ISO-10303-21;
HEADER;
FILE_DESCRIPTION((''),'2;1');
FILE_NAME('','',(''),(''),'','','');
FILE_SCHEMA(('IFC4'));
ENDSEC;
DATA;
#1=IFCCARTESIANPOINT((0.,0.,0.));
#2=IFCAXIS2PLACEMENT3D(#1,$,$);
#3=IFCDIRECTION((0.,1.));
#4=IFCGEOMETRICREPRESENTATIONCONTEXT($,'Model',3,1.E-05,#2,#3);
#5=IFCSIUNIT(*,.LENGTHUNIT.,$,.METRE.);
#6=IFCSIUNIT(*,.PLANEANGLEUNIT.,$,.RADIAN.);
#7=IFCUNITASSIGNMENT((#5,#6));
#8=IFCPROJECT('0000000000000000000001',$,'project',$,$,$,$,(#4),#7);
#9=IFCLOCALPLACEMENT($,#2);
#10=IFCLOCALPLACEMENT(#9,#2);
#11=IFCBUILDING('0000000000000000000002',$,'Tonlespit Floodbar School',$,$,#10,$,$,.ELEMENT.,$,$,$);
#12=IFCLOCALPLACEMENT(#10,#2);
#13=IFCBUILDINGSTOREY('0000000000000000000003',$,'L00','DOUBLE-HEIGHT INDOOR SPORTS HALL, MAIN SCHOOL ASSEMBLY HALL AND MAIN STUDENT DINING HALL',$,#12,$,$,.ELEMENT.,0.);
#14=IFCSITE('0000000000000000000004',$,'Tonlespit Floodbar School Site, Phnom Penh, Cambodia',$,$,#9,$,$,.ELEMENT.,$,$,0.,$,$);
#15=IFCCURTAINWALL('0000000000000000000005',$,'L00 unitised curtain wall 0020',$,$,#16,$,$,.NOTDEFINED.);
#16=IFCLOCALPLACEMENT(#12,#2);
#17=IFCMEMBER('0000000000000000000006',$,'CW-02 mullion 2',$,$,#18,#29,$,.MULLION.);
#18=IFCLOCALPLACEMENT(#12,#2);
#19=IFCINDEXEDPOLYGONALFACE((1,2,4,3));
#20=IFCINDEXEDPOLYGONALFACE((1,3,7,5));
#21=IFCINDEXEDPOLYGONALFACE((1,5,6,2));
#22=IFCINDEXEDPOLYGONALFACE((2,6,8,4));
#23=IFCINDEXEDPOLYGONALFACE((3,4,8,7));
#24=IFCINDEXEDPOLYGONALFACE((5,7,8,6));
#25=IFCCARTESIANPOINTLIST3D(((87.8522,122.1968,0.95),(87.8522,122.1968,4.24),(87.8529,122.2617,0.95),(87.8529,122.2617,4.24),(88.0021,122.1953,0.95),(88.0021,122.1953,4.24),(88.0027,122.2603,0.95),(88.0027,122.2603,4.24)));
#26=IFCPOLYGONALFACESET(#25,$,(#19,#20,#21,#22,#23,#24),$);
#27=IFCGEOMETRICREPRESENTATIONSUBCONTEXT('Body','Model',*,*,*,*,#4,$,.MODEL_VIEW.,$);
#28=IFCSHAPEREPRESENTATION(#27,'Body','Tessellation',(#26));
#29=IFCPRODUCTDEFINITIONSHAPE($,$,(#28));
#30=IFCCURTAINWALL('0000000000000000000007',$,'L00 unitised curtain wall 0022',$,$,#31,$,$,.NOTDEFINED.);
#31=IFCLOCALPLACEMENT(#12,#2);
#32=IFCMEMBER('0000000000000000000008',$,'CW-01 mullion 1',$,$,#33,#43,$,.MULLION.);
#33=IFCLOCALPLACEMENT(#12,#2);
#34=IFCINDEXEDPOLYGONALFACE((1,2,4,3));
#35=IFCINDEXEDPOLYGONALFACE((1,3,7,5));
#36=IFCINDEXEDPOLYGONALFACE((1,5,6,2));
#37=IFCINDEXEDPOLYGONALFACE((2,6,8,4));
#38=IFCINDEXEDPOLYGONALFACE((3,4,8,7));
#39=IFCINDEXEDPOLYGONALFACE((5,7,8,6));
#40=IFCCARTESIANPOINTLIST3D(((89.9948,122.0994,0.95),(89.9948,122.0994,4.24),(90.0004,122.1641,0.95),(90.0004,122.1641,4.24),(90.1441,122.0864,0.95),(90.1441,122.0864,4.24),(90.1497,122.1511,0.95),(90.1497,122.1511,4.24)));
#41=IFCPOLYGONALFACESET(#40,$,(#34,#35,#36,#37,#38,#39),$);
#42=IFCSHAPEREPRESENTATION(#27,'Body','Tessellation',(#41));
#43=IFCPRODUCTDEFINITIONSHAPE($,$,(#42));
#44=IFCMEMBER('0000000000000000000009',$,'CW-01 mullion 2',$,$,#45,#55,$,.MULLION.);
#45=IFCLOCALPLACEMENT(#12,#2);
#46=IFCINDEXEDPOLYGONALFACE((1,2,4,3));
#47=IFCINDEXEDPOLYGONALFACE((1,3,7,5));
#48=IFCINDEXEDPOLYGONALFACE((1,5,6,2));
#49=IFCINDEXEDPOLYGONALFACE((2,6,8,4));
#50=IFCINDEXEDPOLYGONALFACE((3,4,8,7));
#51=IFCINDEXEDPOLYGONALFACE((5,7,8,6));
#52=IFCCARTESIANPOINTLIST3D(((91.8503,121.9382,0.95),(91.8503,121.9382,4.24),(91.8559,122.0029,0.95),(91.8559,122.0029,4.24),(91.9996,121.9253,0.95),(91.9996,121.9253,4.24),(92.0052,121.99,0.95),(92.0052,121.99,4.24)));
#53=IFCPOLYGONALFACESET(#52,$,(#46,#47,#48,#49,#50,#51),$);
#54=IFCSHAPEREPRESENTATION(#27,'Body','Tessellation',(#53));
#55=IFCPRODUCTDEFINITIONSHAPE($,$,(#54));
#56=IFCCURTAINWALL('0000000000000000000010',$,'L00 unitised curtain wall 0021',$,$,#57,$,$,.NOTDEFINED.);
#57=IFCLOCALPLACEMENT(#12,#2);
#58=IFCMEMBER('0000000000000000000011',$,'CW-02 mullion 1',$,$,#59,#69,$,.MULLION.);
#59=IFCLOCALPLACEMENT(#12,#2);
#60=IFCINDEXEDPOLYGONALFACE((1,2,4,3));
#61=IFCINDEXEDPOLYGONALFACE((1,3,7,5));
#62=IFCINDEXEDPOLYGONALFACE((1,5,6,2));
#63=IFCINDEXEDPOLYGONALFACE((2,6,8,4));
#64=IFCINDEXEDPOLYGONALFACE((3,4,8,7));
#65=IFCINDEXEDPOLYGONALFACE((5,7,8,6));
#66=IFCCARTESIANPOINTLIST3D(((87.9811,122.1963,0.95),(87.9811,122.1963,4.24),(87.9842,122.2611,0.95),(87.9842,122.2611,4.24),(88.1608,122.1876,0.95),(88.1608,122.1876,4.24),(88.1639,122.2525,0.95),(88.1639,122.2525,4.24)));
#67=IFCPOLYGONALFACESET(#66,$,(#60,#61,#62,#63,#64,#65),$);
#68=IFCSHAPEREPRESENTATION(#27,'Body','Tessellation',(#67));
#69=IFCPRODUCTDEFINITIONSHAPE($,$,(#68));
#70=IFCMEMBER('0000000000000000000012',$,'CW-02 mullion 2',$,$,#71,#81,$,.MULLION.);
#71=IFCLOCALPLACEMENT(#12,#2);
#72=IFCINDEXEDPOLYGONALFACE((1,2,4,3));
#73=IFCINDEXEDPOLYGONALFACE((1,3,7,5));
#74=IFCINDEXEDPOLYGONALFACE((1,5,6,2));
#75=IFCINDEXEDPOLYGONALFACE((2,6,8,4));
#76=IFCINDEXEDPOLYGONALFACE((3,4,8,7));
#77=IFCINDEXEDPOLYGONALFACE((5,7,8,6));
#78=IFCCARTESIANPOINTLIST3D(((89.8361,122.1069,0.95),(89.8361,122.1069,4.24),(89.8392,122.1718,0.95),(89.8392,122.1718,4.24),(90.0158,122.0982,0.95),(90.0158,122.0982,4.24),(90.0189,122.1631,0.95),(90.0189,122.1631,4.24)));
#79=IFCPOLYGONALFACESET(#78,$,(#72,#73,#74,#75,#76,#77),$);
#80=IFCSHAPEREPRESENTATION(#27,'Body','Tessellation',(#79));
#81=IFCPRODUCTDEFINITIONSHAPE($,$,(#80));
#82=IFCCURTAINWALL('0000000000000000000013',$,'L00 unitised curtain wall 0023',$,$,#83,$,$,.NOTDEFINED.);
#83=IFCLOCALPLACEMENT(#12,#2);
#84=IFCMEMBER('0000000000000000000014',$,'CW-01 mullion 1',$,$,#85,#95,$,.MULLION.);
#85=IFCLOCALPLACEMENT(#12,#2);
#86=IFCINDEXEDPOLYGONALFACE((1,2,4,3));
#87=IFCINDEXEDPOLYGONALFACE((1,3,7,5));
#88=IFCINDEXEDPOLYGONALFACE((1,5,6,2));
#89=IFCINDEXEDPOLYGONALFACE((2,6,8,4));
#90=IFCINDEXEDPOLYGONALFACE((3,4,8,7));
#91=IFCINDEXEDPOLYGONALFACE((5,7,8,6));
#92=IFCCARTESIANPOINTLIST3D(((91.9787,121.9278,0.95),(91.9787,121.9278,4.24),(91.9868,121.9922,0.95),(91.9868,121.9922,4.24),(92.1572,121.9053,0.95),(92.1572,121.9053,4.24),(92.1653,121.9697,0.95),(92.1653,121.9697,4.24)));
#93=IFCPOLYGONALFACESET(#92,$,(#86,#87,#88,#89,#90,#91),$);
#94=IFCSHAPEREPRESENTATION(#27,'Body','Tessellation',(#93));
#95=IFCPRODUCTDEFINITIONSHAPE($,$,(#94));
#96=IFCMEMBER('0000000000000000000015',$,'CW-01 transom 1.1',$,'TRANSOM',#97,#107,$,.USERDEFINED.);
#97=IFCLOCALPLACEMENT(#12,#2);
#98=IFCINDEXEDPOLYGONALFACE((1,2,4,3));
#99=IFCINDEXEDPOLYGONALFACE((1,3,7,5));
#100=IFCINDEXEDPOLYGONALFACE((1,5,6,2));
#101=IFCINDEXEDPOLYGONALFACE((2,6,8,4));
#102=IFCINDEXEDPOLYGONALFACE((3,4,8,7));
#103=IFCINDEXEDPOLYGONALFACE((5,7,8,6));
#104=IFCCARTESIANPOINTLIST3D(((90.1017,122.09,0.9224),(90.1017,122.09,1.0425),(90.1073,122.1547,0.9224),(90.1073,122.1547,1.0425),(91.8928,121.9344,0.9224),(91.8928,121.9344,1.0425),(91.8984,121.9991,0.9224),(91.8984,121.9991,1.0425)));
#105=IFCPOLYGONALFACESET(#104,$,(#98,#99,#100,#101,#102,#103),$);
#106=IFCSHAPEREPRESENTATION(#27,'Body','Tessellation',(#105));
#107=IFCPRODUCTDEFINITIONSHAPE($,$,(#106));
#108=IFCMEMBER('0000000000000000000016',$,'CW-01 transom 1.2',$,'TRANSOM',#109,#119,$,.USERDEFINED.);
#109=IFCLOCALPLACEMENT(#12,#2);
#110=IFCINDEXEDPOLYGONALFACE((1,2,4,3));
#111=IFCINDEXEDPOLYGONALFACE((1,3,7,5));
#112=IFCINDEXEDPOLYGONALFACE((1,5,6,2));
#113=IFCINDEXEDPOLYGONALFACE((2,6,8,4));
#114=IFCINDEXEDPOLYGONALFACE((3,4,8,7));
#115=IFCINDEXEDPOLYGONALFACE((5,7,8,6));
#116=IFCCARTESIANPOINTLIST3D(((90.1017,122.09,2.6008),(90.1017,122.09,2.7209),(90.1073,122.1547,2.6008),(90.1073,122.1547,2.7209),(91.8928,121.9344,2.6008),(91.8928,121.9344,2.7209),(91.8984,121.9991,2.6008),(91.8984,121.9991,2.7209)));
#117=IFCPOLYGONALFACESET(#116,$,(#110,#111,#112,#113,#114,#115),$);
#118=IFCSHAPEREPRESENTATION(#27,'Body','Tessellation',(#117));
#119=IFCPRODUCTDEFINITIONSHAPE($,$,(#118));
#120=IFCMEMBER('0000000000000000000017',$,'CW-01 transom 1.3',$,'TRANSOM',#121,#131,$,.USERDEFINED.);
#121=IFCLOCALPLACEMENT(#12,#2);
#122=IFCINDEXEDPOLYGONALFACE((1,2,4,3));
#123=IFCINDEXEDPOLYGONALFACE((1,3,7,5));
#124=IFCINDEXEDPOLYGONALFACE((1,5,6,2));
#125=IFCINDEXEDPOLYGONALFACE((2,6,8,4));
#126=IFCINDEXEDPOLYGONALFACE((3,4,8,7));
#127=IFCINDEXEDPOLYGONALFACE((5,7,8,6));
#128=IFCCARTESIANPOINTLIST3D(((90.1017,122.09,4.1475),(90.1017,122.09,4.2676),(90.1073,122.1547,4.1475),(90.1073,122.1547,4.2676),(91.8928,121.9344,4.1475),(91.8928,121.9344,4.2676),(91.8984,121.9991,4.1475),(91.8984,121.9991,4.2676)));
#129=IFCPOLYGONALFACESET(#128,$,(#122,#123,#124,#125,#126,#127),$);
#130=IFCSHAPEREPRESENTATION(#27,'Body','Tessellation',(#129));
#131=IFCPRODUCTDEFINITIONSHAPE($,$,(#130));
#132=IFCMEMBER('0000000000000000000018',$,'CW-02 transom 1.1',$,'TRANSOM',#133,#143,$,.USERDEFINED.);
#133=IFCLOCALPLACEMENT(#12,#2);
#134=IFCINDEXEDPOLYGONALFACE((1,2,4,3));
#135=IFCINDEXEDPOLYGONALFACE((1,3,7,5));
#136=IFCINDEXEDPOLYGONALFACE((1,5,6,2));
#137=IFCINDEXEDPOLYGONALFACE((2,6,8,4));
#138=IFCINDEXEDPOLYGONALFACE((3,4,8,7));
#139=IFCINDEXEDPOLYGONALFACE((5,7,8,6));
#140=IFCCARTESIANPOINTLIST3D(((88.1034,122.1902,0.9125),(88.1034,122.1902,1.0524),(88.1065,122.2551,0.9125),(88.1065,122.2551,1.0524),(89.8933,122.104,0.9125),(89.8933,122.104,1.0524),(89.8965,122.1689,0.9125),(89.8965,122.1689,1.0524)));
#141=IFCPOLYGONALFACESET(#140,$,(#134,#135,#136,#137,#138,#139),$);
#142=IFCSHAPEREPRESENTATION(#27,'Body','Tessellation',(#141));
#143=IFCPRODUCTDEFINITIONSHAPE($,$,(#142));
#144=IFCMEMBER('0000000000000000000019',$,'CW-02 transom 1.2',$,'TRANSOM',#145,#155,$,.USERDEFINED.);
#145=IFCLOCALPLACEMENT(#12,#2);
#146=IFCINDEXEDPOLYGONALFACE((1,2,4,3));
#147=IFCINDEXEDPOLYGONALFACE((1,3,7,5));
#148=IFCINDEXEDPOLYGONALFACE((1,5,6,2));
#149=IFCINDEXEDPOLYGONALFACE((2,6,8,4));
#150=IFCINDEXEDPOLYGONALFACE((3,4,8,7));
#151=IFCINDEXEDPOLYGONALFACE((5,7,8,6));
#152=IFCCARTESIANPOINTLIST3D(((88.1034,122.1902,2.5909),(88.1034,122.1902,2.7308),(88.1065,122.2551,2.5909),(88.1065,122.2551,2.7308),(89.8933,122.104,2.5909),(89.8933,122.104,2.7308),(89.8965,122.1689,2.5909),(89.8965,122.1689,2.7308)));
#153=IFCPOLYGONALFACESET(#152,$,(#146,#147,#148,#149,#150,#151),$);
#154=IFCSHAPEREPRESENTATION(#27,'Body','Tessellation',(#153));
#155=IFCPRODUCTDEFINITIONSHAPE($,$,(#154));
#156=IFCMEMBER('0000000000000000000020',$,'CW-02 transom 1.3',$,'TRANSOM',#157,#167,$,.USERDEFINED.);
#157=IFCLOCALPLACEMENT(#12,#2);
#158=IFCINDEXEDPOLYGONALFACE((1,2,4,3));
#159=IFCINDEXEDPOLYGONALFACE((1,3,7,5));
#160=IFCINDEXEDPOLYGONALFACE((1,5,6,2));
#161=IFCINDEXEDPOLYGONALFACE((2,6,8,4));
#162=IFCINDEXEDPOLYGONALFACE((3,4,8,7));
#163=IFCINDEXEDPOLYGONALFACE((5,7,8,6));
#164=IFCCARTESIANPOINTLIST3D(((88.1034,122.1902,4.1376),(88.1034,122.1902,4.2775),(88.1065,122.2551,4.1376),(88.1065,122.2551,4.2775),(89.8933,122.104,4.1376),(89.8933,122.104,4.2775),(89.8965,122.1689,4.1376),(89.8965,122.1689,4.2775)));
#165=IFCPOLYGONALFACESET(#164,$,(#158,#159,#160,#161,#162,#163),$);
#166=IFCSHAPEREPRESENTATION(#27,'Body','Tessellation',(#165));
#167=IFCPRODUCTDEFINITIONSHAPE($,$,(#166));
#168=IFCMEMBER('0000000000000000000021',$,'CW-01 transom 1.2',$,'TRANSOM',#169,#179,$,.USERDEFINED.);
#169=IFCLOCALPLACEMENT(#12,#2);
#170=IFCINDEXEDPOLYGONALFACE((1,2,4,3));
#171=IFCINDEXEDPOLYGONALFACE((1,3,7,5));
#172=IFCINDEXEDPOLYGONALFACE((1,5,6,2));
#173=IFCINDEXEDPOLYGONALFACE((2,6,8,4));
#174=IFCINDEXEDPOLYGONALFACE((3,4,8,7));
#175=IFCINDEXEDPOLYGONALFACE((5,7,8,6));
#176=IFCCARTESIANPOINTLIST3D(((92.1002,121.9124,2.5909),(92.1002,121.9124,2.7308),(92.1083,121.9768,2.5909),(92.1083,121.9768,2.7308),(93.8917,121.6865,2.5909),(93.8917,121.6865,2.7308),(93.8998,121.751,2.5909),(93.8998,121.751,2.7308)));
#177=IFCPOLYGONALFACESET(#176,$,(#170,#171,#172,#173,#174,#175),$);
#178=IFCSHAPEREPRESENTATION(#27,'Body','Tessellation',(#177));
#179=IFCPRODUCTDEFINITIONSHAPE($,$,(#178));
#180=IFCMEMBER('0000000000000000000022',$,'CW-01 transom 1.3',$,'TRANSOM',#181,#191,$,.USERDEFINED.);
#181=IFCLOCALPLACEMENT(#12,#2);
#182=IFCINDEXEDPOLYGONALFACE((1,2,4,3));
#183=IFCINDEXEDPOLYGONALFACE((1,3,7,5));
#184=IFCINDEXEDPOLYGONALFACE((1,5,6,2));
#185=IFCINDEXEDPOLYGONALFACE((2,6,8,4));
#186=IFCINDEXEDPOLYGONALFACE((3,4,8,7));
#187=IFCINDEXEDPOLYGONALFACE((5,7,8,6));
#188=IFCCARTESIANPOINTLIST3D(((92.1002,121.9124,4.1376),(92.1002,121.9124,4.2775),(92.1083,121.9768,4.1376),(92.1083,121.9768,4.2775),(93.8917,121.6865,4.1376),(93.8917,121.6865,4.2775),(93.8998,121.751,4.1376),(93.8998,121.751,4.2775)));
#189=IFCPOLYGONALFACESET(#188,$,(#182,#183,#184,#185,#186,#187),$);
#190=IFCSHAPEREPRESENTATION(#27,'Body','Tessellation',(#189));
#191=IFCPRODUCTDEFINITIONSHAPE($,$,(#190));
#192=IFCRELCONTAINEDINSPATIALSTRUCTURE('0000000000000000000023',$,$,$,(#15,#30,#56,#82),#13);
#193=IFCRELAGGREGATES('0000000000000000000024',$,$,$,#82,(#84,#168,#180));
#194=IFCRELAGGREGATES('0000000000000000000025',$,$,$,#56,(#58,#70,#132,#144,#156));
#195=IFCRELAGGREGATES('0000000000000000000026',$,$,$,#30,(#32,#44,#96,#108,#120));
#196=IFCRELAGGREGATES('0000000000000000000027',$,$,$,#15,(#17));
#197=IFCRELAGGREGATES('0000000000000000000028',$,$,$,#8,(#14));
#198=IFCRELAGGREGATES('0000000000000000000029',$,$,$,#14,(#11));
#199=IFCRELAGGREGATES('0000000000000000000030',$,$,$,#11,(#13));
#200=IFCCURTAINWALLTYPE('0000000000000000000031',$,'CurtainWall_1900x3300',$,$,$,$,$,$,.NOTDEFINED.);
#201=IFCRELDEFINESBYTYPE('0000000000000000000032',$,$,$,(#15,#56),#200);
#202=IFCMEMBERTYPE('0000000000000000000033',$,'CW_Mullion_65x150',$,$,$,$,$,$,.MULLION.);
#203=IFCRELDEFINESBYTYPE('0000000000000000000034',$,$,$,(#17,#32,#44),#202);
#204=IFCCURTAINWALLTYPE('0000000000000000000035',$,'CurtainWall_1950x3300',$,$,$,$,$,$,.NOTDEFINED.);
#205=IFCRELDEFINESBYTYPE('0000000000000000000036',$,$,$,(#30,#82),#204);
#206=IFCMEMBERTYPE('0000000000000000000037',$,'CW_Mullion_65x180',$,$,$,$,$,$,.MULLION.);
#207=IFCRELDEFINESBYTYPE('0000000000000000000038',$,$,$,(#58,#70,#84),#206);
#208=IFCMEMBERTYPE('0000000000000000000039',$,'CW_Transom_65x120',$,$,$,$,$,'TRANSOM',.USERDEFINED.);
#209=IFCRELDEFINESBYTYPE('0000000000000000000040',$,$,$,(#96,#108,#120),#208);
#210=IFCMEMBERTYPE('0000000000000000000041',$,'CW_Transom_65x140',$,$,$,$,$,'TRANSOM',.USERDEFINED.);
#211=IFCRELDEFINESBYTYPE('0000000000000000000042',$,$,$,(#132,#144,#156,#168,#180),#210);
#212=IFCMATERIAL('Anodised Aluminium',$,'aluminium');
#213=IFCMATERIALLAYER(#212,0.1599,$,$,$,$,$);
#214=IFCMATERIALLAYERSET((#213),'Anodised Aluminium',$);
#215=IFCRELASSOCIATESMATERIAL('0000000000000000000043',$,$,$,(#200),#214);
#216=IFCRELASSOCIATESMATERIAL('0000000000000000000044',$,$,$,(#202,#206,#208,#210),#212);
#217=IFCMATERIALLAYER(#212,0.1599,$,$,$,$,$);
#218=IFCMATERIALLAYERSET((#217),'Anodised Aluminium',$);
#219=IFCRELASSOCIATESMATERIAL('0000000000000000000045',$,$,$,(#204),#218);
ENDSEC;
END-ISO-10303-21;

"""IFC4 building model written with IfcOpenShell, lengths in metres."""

from ifc_helpers import new_model, si_unit, direction, frame, origin, origin_2d, place, context, subcontext, project, spatial, rectangle, extrude, material, layer, layer_set, material_profile, profile_set, type_object, element, aggregate, save


model = new_model("IFC4")

# Units and contexts
model_context = context("Model", 3, precision=1e-05, world=origin(), true_north=direction((0.0, 1.0)))
body_context = subcontext(model_context, "Body", "Model", "MODEL_VIEW")
ifc_project = project(units=[si_unit("LENGTHUNIT", "METRE"), si_unit("PLANEANGLEUNIT", "RADIAN")], contexts=[model_context])

# Site, building, storey
site_placement = place(None, origin())
site = spatial("IfcSite", under=ifc_project, at=site_placement, Name="Tonlespit Floodbar School Site, Phnom Penh, Cambodia", CompositionType="ELEMENT", RefElevation=0.0)
building_placement = place(site_placement, origin())
building = spatial("IfcBuilding", under=site, at=building_placement, Name="Tonlespit Floodbar School", CompositionType="ELEMENT")
storey_placement = place(building_placement, origin())
storey = spatial("IfcBuildingStorey", under=building, at=storey_placement, Name="L00", Description="DOUBLE-HEIGHT INDOOR SPORTS HALL, MAIN SCHOOL ASSEMBLY HALL AND MAIN STUDENT DINING HALL", CompositionType="ELEMENT", Elevation=0.0)

# Curtain wall, member
ifc_material_1 = material(Name="Anodised Aluminium", Category="aluminium")
ifc_layer_1 = layer(ifc_material_1, 0.1599)
ifc_layer_set_1 = layer_set([ifc_layer_1], Name="Anodised Aluminium")
curtain_wall_type_1 = type_object("IfcCurtainWallType", Name="CurtainWall_1900x3300", PredefinedType="NOTDEFINED", material=ifc_layer_set_1)
curtain_wall_1_placement = place(storey_placement, origin())
curtain_wall_1 = element("IfcCurtainWall", 1, at=curtain_wall_1_placement, inside=storey, type_object=curtain_wall_type_1, Name="L00 unitised curtain wall 0020", PredefinedType="NOTDEFINED")
ifc_material_profile_1 = material_profile(ifc_material_1, rectangle(XDim=0.0649, YDim=0.1499, at=origin_2d()), Name="ALU M65x150")
ifc_profile_set_1 = profile_set([ifc_material_profile_1], Name="Anodised Aluminium")
member_type_1 = type_object("IfcMemberType", Name="CW_Mullion_65x150", PredefinedType="MULLION", material=ifc_profile_set_1)
member_1_placement = place(storey_placement, frame((87.9275, 122.2285, 0.95), z_axis=(0.0, 0.0, 1.0), x_axis=(0.009583, 0.999954, 0.0)))
member_1 = element("IfcMember", 2, at=member_1_placement, type_object=member_type_1, Name="CW-02 mullion 2", PredefinedType="MULLION", context=body_context, shape_type="SweptSolid", body=[
    extrude(rectangle(XDim=0.0649, YDim=0.1499, at=origin_2d()), origin(), (0.0, 0.0, 1.0), 3.29),
])

# Curtain walls, members
ifc_layer_2 = layer(ifc_material_1, 0.1599)
ifc_layer_set_2 = layer_set([ifc_layer_2], Name="Anodised Aluminium")
curtain_wall_type_2 = type_object("IfcCurtainWallType", Name="CurtainWall_1950x3300", PredefinedType="NOTDEFINED", material=ifc_layer_set_2)
curtain_wall_2_placement = place(storey_placement, origin())
curtain_wall_2 = element("IfcCurtainWall", 3, at=curtain_wall_2_placement, inside=storey, type_object=curtain_wall_type_2, Name="L00 unitised curtain wall 0022", PredefinedType="NOTDEFINED")
member_2_placement = place(storey_placement, frame((90.0723, 122.1252, 0.95), z_axis=(0.0, 0.0, 1.0), x_axis=(0.086531, 0.996249, 0.0)))
member_2 = element("IfcMember", 4, at=member_2_placement, type_object=member_type_1, Name="CW-01 mullion 1", PredefinedType="MULLION", context=body_context, shape_type="SweptSolid", body=[
    extrude(rectangle(XDim=0.0649, YDim=0.1499, at=origin_2d()), origin(), (0.0, 0.0, 1.0), 3.29),
])
member_3_placement = place(storey_placement, frame((91.9277, 121.9641, 0.95), z_axis=(0.0, 0.0, 1.0), x_axis=(0.086531, 0.996249, 0.0)))
member_3 = element("IfcMember", 5, at=member_3_placement, type_object=member_type_1, Name="CW-01 mullion 2", PredefinedType="MULLION", context=body_context, shape_type="SweptSolid", body=[
    extrude(rectangle(XDim=0.0649, YDim=0.1499, at=origin_2d()), origin(), (0.0, 0.0, 1.0), 3.29),
])
curtain_wall_3_placement = place(storey_placement, origin())
curtain_wall_3 = element("IfcCurtainWall", 6, at=curtain_wall_3_placement, inside=storey, type_object=curtain_wall_type_1, Name="L00 unitised curtain wall 0021", PredefinedType="NOTDEFINED")
ifc_material_profile_2 = material_profile(ifc_material_1, rectangle(XDim=0.0649, YDim=0.1799, at=origin_2d()), Name="ALU M65x180")
ifc_profile_set_2 = profile_set([ifc_material_profile_2], Name="Anodised Aluminium")
member_type_2 = type_object("IfcMemberType", Name="CW_Mullion_65x180", PredefinedType="MULLION", material=ifc_profile_set_2)
member_4_placement = place(storey_placement, frame((88.0725, 122.2244, 0.95), z_axis=(0.0, 0.0, 1.0), x_axis=(0.048121, 0.998842, 0.0)))
member_4 = element("IfcMember", 7, at=member_4_placement, type_object=member_type_2, Name="CW-02 mullion 1", PredefinedType="MULLION", context=body_context, shape_type="SweptSolid", body=[
    extrude(rectangle(XDim=0.0649, YDim=0.1799, at=origin_2d()), origin(), (0.0, 0.0, 1.0), 3.29),
])
member_5_placement = place(storey_placement, frame((89.9275, 122.135, 0.95), z_axis=(0.0, 0.0, 1.0), x_axis=(0.048121, 0.998842, 0.0)))
member_5 = element("IfcMember", 8, at=member_5_placement, type_object=member_type_2, Name="CW-02 mullion 2", PredefinedType="MULLION", context=body_context, shape_type="SweptSolid", body=[
    extrude(rectangle(XDim=0.0649, YDim=0.1799, at=origin_2d()), origin(), (0.0, 0.0, 1.0), 3.29),
])

# Curtain wall, member
curtain_wall_4_placement = place(storey_placement, origin())
curtain_wall_4 = element("IfcCurtainWall", 9, at=curtain_wall_4_placement, inside=storey, type_object=curtain_wall_type_2, Name="L00 unitised curtain wall 0023", PredefinedType="NOTDEFINED")
member_6_placement = place(storey_placement, frame((92.072, 121.9487, 0.95), z_axis=(0.0, 0.0, 1.0), x_axis=(0.125014, 0.992155, 0.0)))
member_6 = element("IfcMember", 10, at=member_6_placement, type_object=member_type_2, Name="CW-01 mullion 1", PredefinedType="MULLION", context=body_context, shape_type="SweptSolid", body=[
    extrude(rectangle(XDim=0.0649, YDim=0.1799, at=origin_2d()), origin(), (0.0, 0.0, 1.0), 3.29),
])

# Members
ifc_material_profile_3 = material_profile(ifc_material_1, rectangle(XDim=0.0649, YDim=0.1201, at=origin_2d()), Name="ALU T65x120")
ifc_profile_set_3 = profile_set([ifc_material_profile_3], Name="Anodised Aluminium")
member_type_3 = type_object("IfcMemberType", Name="CW_Transom_65x120", ElementType="TRANSOM", PredefinedType="USERDEFINED", material=ifc_profile_set_3)
member_7_placement = place(storey_placement, frame((90.1045, 122.1223, 0.9824), z_axis=(0.996251, -0.086507, 0.0), x_axis=(0.086507, 0.996251, 0.0)))
member_7 = element("IfcMember", 11, at=member_7_placement, type_object=member_type_3, Name="CW-01 transom 1.1", ObjectType="TRANSOM", PredefinedType="USERDEFINED", context=body_context, shape_type="SweptSolid", body=[
    extrude(rectangle(XDim=0.0649, YDim=0.1201, at=origin_2d()), origin(), (0.0, 0.0, 1.0), 1.7979),
])
member_8_placement = place(storey_placement, frame((90.1045, 122.1223, 2.6609), z_axis=(0.996251, -0.086507, 0.0), x_axis=(0.086507, 0.996251, 0.0)))
member_8 = element("IfcMember", 12, at=member_8_placement, type_object=member_type_3, Name="CW-01 transom 1.2", ObjectType="TRANSOM", PredefinedType="USERDEFINED", context=body_context, shape_type="SweptSolid", body=[
    extrude(rectangle(XDim=0.0649, YDim=0.1201, at=origin_2d()), origin(), (0.0, 0.0, 1.0), 1.7979),
])
member_9_placement = place(storey_placement, frame((90.1045, 122.1223, 4.2075), z_axis=(0.996251, -0.086507, 0.0), x_axis=(0.086507, 0.996251, 0.0)))
member_9 = element("IfcMember", 13, at=member_9_placement, type_object=member_type_3, Name="CW-01 transom 1.3", ObjectType="TRANSOM", PredefinedType="USERDEFINED", context=body_context, shape_type="SweptSolid", body=[
    extrude(rectangle(XDim=0.0649, YDim=0.1201, at=origin_2d()), origin(), (0.0, 0.0, 1.0), 1.7979),
])
ifc_material_profile_4 = material_profile(ifc_material_1, rectangle(XDim=0.0649, YDim=0.1399, at=origin_2d()), Name="ALU T65x140")
ifc_profile_set_4 = profile_set([ifc_material_profile_4], Name="Anodised Aluminium")
member_type_4 = type_object("IfcMemberType", Name="CW_Transom_65x140", ElementType="TRANSOM", PredefinedType="USERDEFINED", material=ifc_profile_set_4)
member_10_placement = place(storey_placement, frame((88.105, 122.2227, 0.9824), z_axis=(0.998843, -0.048089, 0.0), x_axis=(0.048089, 0.998843, 0.0)))
member_10 = element("IfcMember", 14, at=member_10_placement, type_object=member_type_4, Name="CW-02 transom 1.1", ObjectType="TRANSOM", PredefinedType="USERDEFINED", context=body_context, shape_type="SweptSolid", body=[
    extrude(rectangle(XDim=0.0649, YDim=0.1399, at=origin_2d()), origin(), (0.0, 0.0, 1.0), 1.792),
])
member_11_placement = place(storey_placement, frame((88.105, 122.2227, 2.6609), z_axis=(0.998843, -0.048089, 0.0), x_axis=(0.048089, 0.998843, 0.0)))
member_11 = element("IfcMember", 15, at=member_11_placement, type_object=member_type_4, Name="CW-02 transom 1.2", ObjectType="TRANSOM", PredefinedType="USERDEFINED", context=body_context, shape_type="SweptSolid", body=[
    extrude(rectangle(XDim=0.0649, YDim=0.1399, at=origin_2d()), origin(), (0.0, 0.0, 1.0), 1.792),
])
member_12_placement = place(storey_placement, frame((88.105, 122.2227, 4.2075), z_axis=(0.998843, -0.048089, 0.0), x_axis=(0.048089, 0.998843, 0.0)))
member_12 = element("IfcMember", 16, at=member_12_placement, type_object=member_type_4, Name="CW-02 transom 1.3", ObjectType="TRANSOM", PredefinedType="USERDEFINED", context=body_context, shape_type="SweptSolid", body=[
    extrude(rectangle(XDim=0.0649, YDim=0.1399, at=origin_2d()), origin(), (0.0, 0.0, 1.0), 1.792),
])
member_13_placement = place(storey_placement, frame((92.1042, 121.9446, 2.6609), z_axis=(0.992148, -0.125066, 0.0), x_axis=(0.125066, 0.992148, 0.0)))
member_13 = element("IfcMember", 17, at=member_13_placement, type_object=member_type_4, Name="CW-01 transom 1.2", ObjectType="TRANSOM", PredefinedType="USERDEFINED", context=body_context, shape_type="SweptSolid", body=[
    extrude(rectangle(XDim=0.0649, YDim=0.1399, at=origin_2d()), origin(), (0.0, 0.0, 1.0), 1.8057),
])
member_14_placement = place(storey_placement, frame((92.1042, 121.9446, 4.2075), z_axis=(0.992148, -0.125066, 0.0), x_axis=(0.125066, 0.992148, 0.0)))
member_14 = element("IfcMember", 18, at=member_14_placement, type_object=member_type_4, Name="CW-01 transom 1.3", ObjectType="TRANSOM", PredefinedType="USERDEFINED", context=body_context, shape_type="SweptSolid", body=[
    extrude(rectangle(XDim=0.0649, YDim=0.1399, at=origin_2d()), origin(), (0.0, 0.0, 1.0), 1.8057),
])
aggregate(curtain_wall_4, [member_6, member_13, member_14])

aggregate(curtain_wall_3, [member_4, member_5, member_10, member_11, member_12])
aggregate(curtain_wall_2, [member_2, member_3, member_7, member_8, member_9])
aggregate(curtain_wall_1, [member_1])

save(model, "model.ifc")
